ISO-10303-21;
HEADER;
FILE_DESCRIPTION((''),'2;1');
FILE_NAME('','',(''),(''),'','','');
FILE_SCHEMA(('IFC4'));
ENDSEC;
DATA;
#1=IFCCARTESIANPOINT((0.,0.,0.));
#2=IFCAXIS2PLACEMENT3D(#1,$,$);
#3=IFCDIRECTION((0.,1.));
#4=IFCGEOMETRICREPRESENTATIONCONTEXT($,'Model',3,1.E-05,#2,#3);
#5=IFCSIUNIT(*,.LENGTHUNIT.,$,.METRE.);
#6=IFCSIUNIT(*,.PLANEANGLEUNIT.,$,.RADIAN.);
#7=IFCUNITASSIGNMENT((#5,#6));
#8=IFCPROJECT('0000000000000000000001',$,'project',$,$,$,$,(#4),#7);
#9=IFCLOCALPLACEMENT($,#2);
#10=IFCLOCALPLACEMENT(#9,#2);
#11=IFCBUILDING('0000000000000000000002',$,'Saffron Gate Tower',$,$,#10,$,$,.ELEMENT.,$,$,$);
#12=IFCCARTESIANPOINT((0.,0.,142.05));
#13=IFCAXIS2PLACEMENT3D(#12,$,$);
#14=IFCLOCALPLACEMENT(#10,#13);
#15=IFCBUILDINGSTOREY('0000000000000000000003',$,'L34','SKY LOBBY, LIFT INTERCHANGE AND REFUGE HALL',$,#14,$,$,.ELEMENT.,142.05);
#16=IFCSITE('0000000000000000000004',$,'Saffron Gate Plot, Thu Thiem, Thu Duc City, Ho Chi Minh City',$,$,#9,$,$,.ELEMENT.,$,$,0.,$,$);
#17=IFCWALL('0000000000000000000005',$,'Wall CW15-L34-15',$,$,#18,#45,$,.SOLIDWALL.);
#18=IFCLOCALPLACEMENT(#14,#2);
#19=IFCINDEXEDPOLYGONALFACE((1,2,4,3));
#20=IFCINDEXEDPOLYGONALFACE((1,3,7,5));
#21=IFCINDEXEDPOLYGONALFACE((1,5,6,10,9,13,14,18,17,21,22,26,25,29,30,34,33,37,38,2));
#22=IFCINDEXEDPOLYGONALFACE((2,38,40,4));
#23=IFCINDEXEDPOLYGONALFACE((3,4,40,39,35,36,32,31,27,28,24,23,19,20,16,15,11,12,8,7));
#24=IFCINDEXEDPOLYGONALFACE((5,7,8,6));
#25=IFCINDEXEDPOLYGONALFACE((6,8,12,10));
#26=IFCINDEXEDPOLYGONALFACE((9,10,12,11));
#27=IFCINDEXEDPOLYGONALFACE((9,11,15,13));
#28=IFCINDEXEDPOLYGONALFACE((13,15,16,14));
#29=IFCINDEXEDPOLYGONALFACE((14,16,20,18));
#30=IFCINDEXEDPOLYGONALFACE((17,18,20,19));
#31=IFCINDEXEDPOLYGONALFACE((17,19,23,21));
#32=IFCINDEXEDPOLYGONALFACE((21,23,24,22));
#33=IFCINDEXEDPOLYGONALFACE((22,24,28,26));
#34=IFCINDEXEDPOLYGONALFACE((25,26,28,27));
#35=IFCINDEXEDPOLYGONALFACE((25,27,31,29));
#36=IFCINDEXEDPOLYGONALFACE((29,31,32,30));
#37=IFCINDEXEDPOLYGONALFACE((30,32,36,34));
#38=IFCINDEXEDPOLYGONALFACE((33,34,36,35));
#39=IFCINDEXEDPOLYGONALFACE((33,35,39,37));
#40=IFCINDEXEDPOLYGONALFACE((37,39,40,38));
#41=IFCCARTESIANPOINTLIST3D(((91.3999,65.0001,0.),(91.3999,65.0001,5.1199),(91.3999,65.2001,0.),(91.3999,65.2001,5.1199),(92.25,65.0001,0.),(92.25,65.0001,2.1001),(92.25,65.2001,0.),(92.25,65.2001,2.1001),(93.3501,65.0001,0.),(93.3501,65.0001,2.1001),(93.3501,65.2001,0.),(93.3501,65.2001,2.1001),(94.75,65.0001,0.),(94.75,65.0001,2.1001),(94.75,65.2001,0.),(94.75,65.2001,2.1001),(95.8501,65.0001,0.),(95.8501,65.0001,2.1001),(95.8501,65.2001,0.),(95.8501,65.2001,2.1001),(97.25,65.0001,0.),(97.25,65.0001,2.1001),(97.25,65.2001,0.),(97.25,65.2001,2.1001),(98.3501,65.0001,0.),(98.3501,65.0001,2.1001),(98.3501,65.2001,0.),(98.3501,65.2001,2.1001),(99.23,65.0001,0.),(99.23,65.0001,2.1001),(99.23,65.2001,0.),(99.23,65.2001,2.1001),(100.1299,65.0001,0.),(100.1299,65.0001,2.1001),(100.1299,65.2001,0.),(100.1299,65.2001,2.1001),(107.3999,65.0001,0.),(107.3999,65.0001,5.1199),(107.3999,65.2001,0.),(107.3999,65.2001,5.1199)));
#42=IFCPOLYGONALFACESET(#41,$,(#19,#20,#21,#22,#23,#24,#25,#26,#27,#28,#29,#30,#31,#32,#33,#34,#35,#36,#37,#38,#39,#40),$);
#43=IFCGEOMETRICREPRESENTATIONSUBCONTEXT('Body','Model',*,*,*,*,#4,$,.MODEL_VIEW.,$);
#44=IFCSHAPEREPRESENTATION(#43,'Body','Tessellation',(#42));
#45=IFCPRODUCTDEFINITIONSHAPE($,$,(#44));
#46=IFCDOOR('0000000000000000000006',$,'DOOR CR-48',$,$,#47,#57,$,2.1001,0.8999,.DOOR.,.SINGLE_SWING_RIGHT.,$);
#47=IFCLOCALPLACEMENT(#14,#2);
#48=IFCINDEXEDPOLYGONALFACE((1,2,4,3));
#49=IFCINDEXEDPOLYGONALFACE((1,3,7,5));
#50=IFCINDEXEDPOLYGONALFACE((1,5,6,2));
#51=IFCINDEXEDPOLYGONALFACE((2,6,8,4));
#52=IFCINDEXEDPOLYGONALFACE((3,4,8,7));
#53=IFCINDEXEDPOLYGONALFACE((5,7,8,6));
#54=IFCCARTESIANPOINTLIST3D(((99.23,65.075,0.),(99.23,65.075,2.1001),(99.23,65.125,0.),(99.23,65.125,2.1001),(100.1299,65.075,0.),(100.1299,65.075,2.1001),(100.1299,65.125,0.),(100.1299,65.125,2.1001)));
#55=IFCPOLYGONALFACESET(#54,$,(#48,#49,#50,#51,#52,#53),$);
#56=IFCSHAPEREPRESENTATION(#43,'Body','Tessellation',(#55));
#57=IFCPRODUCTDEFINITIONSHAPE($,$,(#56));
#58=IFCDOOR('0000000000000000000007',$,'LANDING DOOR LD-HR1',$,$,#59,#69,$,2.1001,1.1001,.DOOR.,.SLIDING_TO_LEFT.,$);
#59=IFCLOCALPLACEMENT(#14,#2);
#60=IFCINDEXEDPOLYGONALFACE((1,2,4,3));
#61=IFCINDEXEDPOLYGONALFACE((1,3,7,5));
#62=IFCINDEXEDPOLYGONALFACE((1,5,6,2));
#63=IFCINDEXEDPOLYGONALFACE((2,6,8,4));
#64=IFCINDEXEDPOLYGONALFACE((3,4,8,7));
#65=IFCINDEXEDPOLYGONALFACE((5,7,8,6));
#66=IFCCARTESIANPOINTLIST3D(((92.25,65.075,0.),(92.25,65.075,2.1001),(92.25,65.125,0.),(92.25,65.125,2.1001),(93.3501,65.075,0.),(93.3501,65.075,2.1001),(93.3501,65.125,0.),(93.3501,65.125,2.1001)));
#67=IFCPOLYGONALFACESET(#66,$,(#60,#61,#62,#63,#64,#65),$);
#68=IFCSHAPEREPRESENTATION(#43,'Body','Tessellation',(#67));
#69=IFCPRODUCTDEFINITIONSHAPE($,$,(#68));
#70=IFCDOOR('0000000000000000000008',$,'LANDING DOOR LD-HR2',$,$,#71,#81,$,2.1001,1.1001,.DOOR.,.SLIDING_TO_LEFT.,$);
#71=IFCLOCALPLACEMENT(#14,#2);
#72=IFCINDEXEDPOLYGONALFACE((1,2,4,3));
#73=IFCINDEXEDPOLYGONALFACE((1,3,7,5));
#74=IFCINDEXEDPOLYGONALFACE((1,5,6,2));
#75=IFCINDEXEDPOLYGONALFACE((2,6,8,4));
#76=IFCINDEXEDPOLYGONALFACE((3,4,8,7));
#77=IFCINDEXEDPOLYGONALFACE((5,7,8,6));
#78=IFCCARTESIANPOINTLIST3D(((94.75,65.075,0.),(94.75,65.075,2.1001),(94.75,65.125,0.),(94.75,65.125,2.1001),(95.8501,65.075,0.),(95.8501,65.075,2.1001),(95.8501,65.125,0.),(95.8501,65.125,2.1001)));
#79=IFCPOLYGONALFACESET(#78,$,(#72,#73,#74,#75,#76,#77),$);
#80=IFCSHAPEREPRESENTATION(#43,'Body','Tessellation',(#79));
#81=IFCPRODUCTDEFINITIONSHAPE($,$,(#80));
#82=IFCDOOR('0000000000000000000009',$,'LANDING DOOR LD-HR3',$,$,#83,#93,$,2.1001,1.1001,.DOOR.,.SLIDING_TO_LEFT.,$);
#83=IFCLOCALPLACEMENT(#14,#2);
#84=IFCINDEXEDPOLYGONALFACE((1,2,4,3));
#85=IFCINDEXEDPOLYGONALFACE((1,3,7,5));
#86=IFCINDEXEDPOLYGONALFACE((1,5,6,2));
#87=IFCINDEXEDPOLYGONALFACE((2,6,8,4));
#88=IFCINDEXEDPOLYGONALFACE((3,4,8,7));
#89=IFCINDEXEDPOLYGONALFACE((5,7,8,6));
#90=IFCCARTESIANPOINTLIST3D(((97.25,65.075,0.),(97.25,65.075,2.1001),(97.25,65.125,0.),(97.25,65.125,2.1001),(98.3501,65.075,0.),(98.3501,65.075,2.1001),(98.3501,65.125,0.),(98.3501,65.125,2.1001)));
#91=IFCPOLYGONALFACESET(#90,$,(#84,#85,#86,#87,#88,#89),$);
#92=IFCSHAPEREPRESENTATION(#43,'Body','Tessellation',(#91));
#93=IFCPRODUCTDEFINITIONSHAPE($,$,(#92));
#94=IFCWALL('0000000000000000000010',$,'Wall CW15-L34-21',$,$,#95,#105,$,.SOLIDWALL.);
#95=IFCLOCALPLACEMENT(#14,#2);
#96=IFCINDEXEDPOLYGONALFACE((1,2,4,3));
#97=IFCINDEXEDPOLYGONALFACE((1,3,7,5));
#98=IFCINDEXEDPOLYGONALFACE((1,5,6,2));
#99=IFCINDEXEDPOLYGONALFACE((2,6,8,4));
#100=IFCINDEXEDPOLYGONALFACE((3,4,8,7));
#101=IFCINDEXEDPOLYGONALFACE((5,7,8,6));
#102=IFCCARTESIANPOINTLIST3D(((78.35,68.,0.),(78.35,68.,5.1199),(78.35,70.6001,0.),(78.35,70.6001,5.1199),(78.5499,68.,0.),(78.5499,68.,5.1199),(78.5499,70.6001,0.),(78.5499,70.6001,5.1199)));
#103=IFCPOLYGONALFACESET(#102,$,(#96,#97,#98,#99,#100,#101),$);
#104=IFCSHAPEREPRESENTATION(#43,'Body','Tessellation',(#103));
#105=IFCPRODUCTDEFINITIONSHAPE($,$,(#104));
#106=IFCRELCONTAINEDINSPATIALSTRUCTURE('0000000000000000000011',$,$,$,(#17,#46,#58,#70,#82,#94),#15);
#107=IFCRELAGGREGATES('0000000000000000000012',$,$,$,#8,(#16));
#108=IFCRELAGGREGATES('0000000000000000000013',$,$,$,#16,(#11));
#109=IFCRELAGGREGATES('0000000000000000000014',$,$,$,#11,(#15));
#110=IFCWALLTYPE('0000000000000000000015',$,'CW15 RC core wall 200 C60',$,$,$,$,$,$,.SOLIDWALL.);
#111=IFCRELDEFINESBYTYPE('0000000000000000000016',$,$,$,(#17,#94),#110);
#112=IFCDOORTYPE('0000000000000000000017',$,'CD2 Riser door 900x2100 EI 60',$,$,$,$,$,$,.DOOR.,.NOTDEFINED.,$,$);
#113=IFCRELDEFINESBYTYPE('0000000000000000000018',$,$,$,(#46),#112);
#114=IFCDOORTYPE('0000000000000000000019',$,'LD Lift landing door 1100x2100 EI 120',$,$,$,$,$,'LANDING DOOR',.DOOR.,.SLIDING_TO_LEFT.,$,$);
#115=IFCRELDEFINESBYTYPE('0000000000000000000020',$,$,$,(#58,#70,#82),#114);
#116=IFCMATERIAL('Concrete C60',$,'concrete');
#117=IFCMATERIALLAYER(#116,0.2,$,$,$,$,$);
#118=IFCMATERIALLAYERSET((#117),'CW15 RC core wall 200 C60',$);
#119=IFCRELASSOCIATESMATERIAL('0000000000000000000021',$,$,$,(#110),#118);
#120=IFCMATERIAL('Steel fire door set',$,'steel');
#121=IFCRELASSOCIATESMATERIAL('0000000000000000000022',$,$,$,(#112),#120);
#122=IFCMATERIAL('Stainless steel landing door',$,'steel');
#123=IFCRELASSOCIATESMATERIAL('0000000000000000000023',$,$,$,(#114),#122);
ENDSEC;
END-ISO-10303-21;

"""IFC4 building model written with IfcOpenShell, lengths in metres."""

from ifc_helpers import new_model, si_unit, direction, frame, frame_2d, origin, place, context, subcontext, project, spatial, rectangle, extrude, material, layer, layer_set, type_object, element, fill, save


model = new_model("IFC4")

# Units and contexts
model_context = context("Model", 3, precision=1e-05, world=origin(), true_north=direction((0.0, 1.0)))
body_context = subcontext(model_context, "Body", "Model", "MODEL_VIEW")
ifc_project = project(units=[si_unit("LENGTHUNIT", "METRE"), si_unit("PLANEANGLEUNIT", "RADIAN")], contexts=[model_context])

# Site, building, storey
site_placement = place(None, origin())
site = spatial("IfcSite", under=ifc_project, at=site_placement, Name="Saffron Gate Plot, Thu Thiem, Thu Duc City, Ho Chi Minh City", CompositionType="ELEMENT", RefElevation=0.0)
building_placement = place(site_placement, origin())
building = spatial("IfcBuilding", under=site, at=building_placement, Name="Saffron Gate Tower", CompositionType="ELEMENT")
storey_placement = place(building_placement, frame((0.0, 0.0, 142.05)))
storey = spatial("IfcBuildingStorey", under=building, at=storey_placement, Name="L34", Description="SKY LOBBY, LIFT INTERCHANGE AND REFUGE HALL", CompositionType="ELEMENT", Elevation=142.05)

# Shared definitions
ifc_material_1 = material(Name="Concrete C60", Category="concrete")

# Shared definitions
ifc_material_2 = material(Name="Steel fire door set", Category="steel")

# Wall, openings, doors
ifc_layer_1 = layer(ifc_material_1, 0.2)
ifc_layer_set_1 = layer_set([ifc_layer_1], Name="CW15 RC core wall 200 C60")
wall_type_1 = type_object("IfcWallType", Name="CW15 RC core wall 200 C60", PredefinedType="SOLIDWALL", material=ifc_layer_set_1)
wall_1_placement = place(storey_placement, frame((91.3999, 65.1001, 0.0), z_axis=(0.0, 0.0, 1.0), x_axis=(1.0, 0.0, 0.0)))
wall_1 = element("IfcWall", 1, at=wall_1_placement, inside=storey, type_object=wall_type_1, Name="Wall CW15-L34-15", PredefinedType="SOLIDWALL", context=body_context, shape_type="SweptSolid", body=[
    extrude(rectangle(XDim=16.0, YDim=0.2, at=frame_2d((8.0, 0.0))), origin(), (0.0, 0.0, 1.0), 5.1199),
])
opening_1_placement = place(wall_1_placement, frame((0.8501, 0.0, 0.0)))
opening_1 = element("IfcOpeningElement", 2, at=opening_1_placement, cuts=wall_1, PredefinedType="OPENING", context=body_context, shape_type="SweptSolid", body=[
    extrude(rectangle(XDim=1.1001, YDim=2.1001, at=frame_2d((0.55, 1.05))), frame((0.0, 0.1099, 0.0), z_axis=(0.0, -1.0, 0.0), x_axis=(1.0, 0.0, 0.0)), (0.0, 0.0, 1.0), 0.22),
])
opening_2_placement = place(wall_1_placement, frame((3.3501, 0.0, 0.0)))
opening_2 = element("IfcOpeningElement", 3, at=opening_2_placement, cuts=wall_1, PredefinedType="OPENING", context=body_context, shape_type="SweptSolid", body=[
    extrude(rectangle(XDim=1.1001, YDim=2.1001, at=frame_2d((0.55, 1.05))), frame((0.0, 0.1099, 0.0), z_axis=(0.0, -1.0, 0.0), x_axis=(1.0, 0.0, 0.0)), (0.0, 0.0, 1.0), 0.22),
])
opening_3_placement = place(wall_1_placement, frame((5.8501, 0.0, 0.0)))
opening_3 = element("IfcOpeningElement", 4, at=opening_3_placement, cuts=wall_1, PredefinedType="OPENING", context=body_context, shape_type="SweptSolid", body=[
    extrude(rectangle(XDim=1.1001, YDim=2.1001, at=frame_2d((0.55, 1.05))), frame((0.0, 0.1099, 0.0), z_axis=(0.0, -1.0, 0.0), x_axis=(1.0, 0.0, 0.0)), (0.0, 0.0, 1.0), 0.22),
])
opening_4_placement = place(wall_1_placement, frame((7.8301, 0.0, 0.0)))
opening_4 = element("IfcOpeningElement", 5, at=opening_4_placement, cuts=wall_1, PredefinedType="OPENING", context=body_context, shape_type="SweptSolid", body=[
    extrude(rectangle(XDim=0.8999, YDim=2.1001, at=frame_2d((0.45, 1.05))), frame((0.0, 0.1099, 0.0), z_axis=(0.0, -1.0, 0.0), x_axis=(1.0, 0.0, 0.0)), (0.0, 0.0, 1.0), 0.22),
])
door_type_1 = type_object("IfcDoorType", Name="CD2 Riser door 900x2100 EI 60", OperationType="NOTDEFINED", PredefinedType="DOOR", material=ifc_material_2)
door_1_placement = place(opening_4_placement, origin())
door_1 = element("IfcDoor", 6, at=door_1_placement, inside=storey, type_object=door_type_1, Name="DOOR CR-48", OperationType="SINGLE_SWING_RIGHT", OverallHeight=2.1001, OverallWidth=0.8999, PredefinedType="DOOR", context=body_context, shape_type="SweptSolid", body=[
    extrude(rectangle(XDim=0.8999, YDim=2.1001, at=frame_2d((0.45, 1.05))), frame((0.0, 0.0249, 0.0), z_axis=(0.0, -1.0, 0.0), x_axis=(1.0, 0.0, 0.0)), (0.0, 0.0, 1.0), 0.05),
])
fill(opening_4, door_1)
ifc_material_3 = material(Name="Stainless steel landing door", Category="steel")
door_type_2 = type_object("IfcDoorType", Name="LD Lift landing door 1100x2100 EI 120", ElementType="LANDING DOOR", OperationType="SLIDING_TO_LEFT", PredefinedType="DOOR", material=ifc_material_3)
door_2_placement = place(opening_1_placement, origin())
door_2 = element("IfcDoor", 7, at=door_2_placement, inside=storey, type_object=door_type_2, Name="LANDING DOOR LD-HR1", OperationType="SLIDING_TO_LEFT", OverallHeight=2.1001, OverallWidth=1.1001, PredefinedType="DOOR", context=body_context, shape_type="SweptSolid", body=[
    extrude(rectangle(XDim=1.1001, YDim=2.1001, at=frame_2d((0.55, 1.05))), frame((0.0, 0.0249, 0.0), z_axis=(0.0, -1.0, 0.0), x_axis=(1.0, 0.0, 0.0)), (0.0, 0.0, 1.0), 0.05),
])
fill(opening_1, door_2)
door_3_placement = place(opening_2_placement, origin())
door_3 = element("IfcDoor", 8, at=door_3_placement, inside=storey, type_object=door_type_2, Name="LANDING DOOR LD-HR2", OperationType="SLIDING_TO_LEFT", OverallHeight=2.1001, OverallWidth=1.1001, PredefinedType="DOOR", context=body_context, shape_type="SweptSolid", body=[
    extrude(rectangle(XDim=1.1001, YDim=2.1001, at=frame_2d((0.55, 1.05))), frame((0.0, 0.0249, 0.0), z_axis=(0.0, -1.0, 0.0), x_axis=(1.0, 0.0, 0.0)), (0.0, 0.0, 1.0), 0.05),
])
fill(opening_2, door_3)
door_4_placement = place(opening_3_placement, origin())
door_4 = element("IfcDoor", 9, at=door_4_placement, inside=storey, type_object=door_type_2, Name="LANDING DOOR LD-HR3", OperationType="SLIDING_TO_LEFT", OverallHeight=2.1001, OverallWidth=1.1001, PredefinedType="DOOR", context=body_context, shape_type="SweptSolid", body=[
    extrude(rectangle(XDim=1.1001, YDim=2.1001, at=frame_2d((0.55, 1.05))), frame((0.0, 0.0249, 0.0), z_axis=(0.0, -1.0, 0.0), x_axis=(1.0, 0.0, 0.0)), (0.0, 0.0, 1.0), 0.05),
])
fill(opening_3, door_4)

# Wall
wall_2_placement = place(storey_placement, frame((78.45, 68.0, 0.0), z_axis=(0.0, 0.0, 1.0), x_axis=(0.0, 1.0, 0.0)))
element("IfcWall", 10, at=wall_2_placement, inside=storey, type_object=wall_type_1, Name="Wall CW15-L34-21", PredefinedType="SOLIDWALL", context=body_context, shape_type="SweptSolid", body=[
    extrude(rectangle(XDim=2.6001, YDim=0.2, at=frame_2d((1.3, 0.0))), origin(), (0.0, 0.0, 1.0), 5.1199),
])

save(model, "model.ifc")
